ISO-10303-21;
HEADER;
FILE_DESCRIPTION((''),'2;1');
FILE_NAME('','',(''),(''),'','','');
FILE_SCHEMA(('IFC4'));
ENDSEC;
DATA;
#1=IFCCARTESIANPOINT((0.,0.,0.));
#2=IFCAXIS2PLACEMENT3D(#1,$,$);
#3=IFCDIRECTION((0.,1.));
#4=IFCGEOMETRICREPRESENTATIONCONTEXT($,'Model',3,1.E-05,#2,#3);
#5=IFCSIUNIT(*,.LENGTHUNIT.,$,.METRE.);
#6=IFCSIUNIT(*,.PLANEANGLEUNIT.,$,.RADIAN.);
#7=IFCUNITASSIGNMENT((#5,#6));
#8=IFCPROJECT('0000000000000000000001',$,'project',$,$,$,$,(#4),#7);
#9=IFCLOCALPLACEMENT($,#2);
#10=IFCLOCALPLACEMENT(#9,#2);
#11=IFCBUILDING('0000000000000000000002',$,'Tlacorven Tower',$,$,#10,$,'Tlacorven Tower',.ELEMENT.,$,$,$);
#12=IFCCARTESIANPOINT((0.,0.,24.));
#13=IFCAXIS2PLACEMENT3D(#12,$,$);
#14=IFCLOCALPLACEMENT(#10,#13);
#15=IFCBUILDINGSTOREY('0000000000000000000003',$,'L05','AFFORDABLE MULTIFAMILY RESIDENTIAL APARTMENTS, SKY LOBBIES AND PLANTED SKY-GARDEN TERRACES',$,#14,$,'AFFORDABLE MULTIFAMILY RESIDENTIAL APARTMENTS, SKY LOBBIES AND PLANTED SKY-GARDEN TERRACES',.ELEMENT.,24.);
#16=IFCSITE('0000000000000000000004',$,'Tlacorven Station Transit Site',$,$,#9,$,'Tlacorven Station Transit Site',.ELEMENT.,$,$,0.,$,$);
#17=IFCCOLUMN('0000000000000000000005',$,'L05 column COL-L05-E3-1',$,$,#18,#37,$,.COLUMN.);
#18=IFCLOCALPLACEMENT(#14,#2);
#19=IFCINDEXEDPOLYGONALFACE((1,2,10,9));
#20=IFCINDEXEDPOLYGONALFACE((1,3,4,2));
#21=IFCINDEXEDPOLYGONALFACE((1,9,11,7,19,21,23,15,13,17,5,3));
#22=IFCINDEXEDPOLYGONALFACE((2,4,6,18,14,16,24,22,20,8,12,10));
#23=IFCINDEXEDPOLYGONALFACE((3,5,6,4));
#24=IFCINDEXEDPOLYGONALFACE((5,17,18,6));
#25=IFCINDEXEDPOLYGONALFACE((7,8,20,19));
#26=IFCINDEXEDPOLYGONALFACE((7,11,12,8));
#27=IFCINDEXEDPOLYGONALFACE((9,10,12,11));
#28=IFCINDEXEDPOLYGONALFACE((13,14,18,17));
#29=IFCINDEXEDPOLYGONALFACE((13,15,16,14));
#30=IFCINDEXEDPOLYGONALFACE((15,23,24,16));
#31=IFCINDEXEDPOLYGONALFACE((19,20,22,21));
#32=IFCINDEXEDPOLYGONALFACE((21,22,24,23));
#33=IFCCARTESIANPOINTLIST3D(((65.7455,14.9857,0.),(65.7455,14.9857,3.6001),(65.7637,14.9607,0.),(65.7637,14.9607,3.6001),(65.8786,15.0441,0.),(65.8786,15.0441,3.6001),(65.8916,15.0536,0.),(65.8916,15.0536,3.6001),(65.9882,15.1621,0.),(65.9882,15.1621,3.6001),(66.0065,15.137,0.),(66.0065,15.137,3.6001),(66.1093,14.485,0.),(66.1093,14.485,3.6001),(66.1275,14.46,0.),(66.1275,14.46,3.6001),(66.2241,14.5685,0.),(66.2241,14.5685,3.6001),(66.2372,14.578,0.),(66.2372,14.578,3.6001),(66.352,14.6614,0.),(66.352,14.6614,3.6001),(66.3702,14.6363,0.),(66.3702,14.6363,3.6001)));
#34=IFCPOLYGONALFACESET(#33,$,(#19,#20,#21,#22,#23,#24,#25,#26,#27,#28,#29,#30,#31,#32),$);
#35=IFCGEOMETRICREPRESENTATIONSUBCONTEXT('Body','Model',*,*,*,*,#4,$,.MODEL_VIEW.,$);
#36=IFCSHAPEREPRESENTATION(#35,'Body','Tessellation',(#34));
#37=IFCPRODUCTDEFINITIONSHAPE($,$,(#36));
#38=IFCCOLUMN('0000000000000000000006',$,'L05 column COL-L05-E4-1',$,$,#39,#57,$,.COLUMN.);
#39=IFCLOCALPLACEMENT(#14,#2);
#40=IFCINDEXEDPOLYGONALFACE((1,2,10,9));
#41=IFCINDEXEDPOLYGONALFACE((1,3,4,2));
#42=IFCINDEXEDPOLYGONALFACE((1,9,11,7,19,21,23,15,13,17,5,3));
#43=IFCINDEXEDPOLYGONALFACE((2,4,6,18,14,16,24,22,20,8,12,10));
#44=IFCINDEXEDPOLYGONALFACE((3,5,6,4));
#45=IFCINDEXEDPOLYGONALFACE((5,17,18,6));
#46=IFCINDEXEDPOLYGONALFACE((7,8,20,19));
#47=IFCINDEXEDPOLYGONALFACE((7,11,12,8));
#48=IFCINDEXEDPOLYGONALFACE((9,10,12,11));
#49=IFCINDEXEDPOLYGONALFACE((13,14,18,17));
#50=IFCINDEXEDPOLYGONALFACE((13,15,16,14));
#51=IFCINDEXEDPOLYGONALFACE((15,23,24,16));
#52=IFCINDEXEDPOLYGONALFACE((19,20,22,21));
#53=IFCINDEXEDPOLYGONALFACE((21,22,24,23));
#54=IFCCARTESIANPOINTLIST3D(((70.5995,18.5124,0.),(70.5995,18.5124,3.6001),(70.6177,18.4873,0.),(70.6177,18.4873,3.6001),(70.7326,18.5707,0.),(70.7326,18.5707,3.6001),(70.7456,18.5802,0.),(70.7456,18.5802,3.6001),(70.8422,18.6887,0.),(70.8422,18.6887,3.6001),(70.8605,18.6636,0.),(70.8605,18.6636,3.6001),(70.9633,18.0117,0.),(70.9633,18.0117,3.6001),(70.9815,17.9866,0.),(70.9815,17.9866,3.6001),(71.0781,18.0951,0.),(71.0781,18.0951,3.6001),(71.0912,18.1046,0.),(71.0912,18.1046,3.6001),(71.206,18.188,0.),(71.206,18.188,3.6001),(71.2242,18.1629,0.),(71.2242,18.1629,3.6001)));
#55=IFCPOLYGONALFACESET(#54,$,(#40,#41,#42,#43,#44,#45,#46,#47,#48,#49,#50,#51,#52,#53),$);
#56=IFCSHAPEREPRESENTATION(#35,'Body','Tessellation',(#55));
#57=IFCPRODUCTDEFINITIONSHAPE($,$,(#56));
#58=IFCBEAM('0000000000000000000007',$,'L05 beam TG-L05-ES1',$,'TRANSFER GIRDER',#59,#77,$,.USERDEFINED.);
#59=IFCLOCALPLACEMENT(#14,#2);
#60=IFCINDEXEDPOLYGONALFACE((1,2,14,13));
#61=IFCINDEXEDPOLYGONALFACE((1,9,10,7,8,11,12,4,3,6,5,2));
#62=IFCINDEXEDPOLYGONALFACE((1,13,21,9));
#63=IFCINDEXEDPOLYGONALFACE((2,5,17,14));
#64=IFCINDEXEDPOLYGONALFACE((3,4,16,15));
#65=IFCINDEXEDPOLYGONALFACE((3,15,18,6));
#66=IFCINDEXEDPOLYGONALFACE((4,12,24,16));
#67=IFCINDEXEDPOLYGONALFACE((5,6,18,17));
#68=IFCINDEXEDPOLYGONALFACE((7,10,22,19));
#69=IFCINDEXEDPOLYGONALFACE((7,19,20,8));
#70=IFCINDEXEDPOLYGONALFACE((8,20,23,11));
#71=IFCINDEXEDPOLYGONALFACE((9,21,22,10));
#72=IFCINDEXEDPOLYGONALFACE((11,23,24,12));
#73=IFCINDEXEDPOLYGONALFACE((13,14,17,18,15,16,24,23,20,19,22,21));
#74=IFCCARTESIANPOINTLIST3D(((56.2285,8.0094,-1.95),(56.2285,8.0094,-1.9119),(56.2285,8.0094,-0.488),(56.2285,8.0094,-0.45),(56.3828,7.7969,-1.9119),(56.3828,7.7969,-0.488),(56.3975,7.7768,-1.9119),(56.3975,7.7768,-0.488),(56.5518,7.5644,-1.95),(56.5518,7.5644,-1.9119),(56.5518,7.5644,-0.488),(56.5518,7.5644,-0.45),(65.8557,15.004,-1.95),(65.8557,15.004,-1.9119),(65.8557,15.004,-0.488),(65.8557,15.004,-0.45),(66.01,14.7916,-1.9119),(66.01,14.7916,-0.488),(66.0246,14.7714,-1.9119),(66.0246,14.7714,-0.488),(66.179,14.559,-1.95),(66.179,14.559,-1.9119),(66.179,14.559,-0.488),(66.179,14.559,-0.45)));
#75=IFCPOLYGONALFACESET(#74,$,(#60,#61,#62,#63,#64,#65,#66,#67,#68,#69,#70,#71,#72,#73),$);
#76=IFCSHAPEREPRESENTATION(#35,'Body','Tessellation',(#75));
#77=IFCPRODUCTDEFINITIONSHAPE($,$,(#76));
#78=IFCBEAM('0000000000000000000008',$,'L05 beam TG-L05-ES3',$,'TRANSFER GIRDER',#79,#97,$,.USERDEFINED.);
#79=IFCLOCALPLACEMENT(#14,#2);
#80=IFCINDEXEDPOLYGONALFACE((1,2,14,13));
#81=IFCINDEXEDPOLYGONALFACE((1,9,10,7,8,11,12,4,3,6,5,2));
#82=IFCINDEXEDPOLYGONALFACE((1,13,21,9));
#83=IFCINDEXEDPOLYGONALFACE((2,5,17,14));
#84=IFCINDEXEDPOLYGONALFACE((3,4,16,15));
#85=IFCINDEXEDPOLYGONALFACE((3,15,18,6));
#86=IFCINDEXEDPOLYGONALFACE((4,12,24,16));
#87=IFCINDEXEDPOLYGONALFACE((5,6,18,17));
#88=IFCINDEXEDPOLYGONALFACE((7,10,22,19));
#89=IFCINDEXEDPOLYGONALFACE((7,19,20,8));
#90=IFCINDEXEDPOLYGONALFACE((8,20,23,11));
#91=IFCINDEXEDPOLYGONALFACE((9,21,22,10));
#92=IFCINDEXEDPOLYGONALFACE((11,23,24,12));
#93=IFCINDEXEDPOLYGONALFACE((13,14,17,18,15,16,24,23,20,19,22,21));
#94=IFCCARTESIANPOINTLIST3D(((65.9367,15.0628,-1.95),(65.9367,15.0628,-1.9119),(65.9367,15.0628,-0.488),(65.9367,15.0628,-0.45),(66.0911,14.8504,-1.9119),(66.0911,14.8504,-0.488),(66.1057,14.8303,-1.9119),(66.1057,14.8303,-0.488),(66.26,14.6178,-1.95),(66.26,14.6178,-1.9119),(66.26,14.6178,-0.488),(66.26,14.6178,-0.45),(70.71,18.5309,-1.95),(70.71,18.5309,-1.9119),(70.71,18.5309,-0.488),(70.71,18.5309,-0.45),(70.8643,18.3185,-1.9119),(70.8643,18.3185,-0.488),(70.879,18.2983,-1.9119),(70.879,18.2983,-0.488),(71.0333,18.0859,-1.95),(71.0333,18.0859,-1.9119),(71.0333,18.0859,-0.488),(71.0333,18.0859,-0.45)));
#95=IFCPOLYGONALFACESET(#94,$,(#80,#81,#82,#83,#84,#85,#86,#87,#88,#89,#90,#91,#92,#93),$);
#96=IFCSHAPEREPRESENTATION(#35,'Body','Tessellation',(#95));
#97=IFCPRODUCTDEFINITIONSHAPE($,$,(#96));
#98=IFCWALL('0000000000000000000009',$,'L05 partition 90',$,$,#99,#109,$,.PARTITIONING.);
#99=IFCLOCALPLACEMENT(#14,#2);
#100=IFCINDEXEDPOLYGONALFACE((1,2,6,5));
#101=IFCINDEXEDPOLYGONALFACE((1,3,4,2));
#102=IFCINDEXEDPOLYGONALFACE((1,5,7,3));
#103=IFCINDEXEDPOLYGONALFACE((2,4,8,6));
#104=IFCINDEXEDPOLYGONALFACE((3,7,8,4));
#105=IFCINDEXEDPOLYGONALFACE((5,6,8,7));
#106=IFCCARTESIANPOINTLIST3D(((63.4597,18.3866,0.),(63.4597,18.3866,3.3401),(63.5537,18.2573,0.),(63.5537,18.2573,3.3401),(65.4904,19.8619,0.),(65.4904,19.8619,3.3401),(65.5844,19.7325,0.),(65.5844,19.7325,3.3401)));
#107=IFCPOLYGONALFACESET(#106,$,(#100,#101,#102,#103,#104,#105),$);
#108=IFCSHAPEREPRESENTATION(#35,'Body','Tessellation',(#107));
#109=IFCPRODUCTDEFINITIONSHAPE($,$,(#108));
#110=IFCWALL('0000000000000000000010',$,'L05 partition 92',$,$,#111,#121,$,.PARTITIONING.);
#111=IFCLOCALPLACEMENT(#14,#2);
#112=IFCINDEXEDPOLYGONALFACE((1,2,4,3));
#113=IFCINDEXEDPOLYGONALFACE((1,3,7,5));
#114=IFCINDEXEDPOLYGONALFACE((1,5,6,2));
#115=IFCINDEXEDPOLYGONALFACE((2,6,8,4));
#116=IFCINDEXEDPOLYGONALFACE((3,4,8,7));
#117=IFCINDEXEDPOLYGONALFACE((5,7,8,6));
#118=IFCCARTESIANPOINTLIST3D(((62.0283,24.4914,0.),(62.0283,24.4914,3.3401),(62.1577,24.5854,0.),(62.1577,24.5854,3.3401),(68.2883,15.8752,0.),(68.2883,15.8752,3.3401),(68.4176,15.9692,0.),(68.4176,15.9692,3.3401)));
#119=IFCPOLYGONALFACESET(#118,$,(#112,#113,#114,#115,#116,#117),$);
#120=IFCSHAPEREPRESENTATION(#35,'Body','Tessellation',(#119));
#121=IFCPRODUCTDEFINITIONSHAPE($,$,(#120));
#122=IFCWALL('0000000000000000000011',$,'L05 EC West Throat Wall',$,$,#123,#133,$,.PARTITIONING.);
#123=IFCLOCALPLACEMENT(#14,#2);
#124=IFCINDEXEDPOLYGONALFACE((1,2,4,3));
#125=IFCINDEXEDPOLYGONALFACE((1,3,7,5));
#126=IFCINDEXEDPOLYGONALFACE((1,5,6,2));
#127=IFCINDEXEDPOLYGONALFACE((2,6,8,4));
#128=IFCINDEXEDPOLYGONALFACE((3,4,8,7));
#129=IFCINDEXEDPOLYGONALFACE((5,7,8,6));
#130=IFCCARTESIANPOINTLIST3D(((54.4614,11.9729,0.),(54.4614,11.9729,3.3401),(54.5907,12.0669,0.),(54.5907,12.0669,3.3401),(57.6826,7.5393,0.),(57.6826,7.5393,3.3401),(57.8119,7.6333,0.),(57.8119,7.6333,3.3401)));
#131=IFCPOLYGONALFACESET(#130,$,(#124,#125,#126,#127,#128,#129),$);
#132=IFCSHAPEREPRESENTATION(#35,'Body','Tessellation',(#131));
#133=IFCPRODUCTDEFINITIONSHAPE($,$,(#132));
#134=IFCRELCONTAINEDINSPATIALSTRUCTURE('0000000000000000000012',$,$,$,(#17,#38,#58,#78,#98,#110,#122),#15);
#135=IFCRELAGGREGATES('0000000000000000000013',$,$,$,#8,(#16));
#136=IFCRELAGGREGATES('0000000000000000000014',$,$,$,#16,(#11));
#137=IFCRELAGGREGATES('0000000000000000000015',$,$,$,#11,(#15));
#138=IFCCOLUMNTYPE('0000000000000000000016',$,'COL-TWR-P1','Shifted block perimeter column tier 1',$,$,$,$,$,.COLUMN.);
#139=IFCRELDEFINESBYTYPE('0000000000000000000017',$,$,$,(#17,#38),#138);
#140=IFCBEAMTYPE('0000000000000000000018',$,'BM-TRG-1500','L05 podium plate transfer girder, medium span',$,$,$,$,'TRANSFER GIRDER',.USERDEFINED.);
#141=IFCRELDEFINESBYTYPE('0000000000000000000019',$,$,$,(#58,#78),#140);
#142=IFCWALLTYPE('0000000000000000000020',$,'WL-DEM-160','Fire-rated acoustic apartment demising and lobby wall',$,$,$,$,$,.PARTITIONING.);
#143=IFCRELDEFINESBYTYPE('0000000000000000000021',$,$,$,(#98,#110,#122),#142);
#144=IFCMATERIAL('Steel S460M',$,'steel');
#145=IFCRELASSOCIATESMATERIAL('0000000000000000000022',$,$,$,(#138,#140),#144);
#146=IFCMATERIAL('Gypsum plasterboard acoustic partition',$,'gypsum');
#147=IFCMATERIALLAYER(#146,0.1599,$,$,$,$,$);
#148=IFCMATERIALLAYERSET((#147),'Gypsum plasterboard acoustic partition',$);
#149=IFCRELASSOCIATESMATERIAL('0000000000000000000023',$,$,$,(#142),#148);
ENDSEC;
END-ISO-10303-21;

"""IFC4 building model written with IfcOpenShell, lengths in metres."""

from ifc_helpers import new_model, si_unit, direction, frame, frame_2d, origin, origin_2d, place, context, subcontext, project, spatial, rectangle, i_section, extrude, source, transform, mapped, material, layer, layer_set, material_profile, profile_set, type_object, element, save


model = new_model("IFC4")

# Units and contexts
model_context = context("Model", 3, precision=1e-05, world=origin(), true_north=direction((0.0, 1.0)))
body_context = subcontext(model_context, "Body", "Model", "MODEL_VIEW")
ifc_project = project(units=[si_unit("LENGTHUNIT", "METRE"), si_unit("PLANEANGLEUNIT", "RADIAN")], contexts=[model_context])

# Site, building, storey
site_placement = place(None, origin())
site = spatial("IfcSite", under=ifc_project, at=site_placement, Name="Tlacorven Station Transit Site", LongName="Tlacorven Station Transit Site", CompositionType="ELEMENT", RefElevation=0.0)
building_placement = place(site_placement, origin())
building = spatial("IfcBuilding", under=site, at=building_placement, Name="Tlacorven Tower", LongName="Tlacorven Tower", CompositionType="ELEMENT")
storey_placement = place(building_placement, frame((0.0, 0.0, 24.0)))
storey = spatial("IfcBuildingStorey", under=building, at=storey_placement, Name="L05", Description="AFFORDABLE MULTIFAMILY RESIDENTIAL APARTMENTS, SKY LOBBIES AND PLANTED SKY-GARDEN TERRACES", LongName="AFFORDABLE MULTIFAMILY RESIDENTIAL APARTMENTS, SKY LOBBIES AND PLANTED SKY-GARDEN TERRACES", CompositionType="ELEMENT", Elevation=24.0)

# Columns
ifc_material_1 = material(Name="Steel S460M", Category="steel")
ifc_material_profile_1 = material_profile(ifc_material_1, i_section(OverallWidth=0.3, OverallDepth=0.6499, WebThickness=0.0161, FlangeThickness=0.031, at=origin_2d()), Name="HEB 650")
ifc_profile_set_1 = profile_set([ifc_material_profile_1], Name="Steel S460M")
column_type = type_object("IfcColumnType", Name="COL-TWR-P1", Description="Shifted block perimeter column tier 1", PredefinedType="COLUMN", material=ifc_profile_set_1)
shared_shape_1 = source(origin(), body_context, "Body", "SweptSolid", [
    extrude(i_section(OverallWidth=0.3, OverallDepth=0.6499, WebThickness=0.0161, FlangeThickness=0.031, at=origin_2d()), origin(), (0.0, 0.0, 1.0), 3.6001),
])
for number, where, z_axis, x_axis, name in (
    (1, (66.0579, 14.811, 0.0), (0.0, 0.0, 1.0), (0.809017, 0.587785, 0.0), "L05 column COL-L05-E3-1"),
    (2, (70.9119, 18.3376, 0.0), (0.0, 0.0, 1.0), (0.809017, 0.587785, 0.0), "L05 column COL-L05-E4-1"),
):
    element("IfcColumn", number, at=place(storey_placement, frame(where, z_axis=z_axis, x_axis=x_axis)), inside=storey, type_object=column_type, Name=name, PredefinedType="COLUMN", context=body_context, shape_type="MappedRepresentation", body=[
        mapped(shared_shape_1, transform((0.0, 0.0, 0.0), scale=1.0)),
    ])

# Beams
ifc_material_profile_2 = material_profile(ifc_material_1, i_section(OverallWidth=0.55, OverallDepth=1.5, WebThickness=0.0249, FlangeThickness=0.0381, at=origin_2d()), Name="PG 1500X550X25X38")
ifc_profile_set_2 = profile_set([ifc_material_profile_2], Name="Steel S460M")
beam_type = type_object("IfcBeamType", Name="BM-TRG-1500", Description="L05 podium plate transfer girder, medium span", ElementType="TRANSFER GIRDER", PredefinedType="USERDEFINED", material=ifc_profile_set_2)
shared_shape_2 = source(origin(), body_context, "Body", "SweptSolid", [
    extrude(i_section(OverallWidth=0.55, OverallDepth=1.5, WebThickness=0.0249, FlangeThickness=0.0381, at=origin_2d()), origin(), (0.0, 0.0, 1.0), 11.8999),
])
beam_1_placement = place(storey_placement, frame((56.3901, 7.7869, -1.2), z_axis=(0.809015, 0.587789, 0.0), x_axis=(-0.587789, 0.809015, 0.0)))
element("IfcBeam", 3, at=beam_1_placement, inside=storey, type_object=beam_type, Name="L05 beam TG-L05-ES1", ObjectType="TRANSFER GIRDER", PredefinedType="USERDEFINED", context=body_context, shape_type="MappedRepresentation", body=[
    mapped(shared_shape_2, transform((0.0, 0.0, 0.0), scale=1.0)),
])
shared_shape_3 = source(origin(), body_context, "Body", "SweptSolid", [
    extrude(i_section(OverallWidth=0.55, OverallDepth=1.5, WebThickness=0.0249, FlangeThickness=0.0381, at=origin_2d()), origin(), (0.0, 0.0, 1.0), 5.9001),
])
beam_2_placement = place(storey_placement, frame((66.0984, 14.8403, -1.2), z_axis=(0.80901, 0.587795, 0.0), x_axis=(-0.587795, 0.80901, 0.0)))
element("IfcBeam", 4, at=beam_2_placement, inside=storey, type_object=beam_type, Name="L05 beam TG-L05-ES3", ObjectType="TRANSFER GIRDER", PredefinedType="USERDEFINED", context=body_context, shape_type="MappedRepresentation", body=[
    mapped(shared_shape_3, transform((0.0, 0.0, 0.0), scale=1.0)),
])

# Walls
ifc_material_2 = material(Name="Gypsum plasterboard acoustic partition", Category="gypsum")
ifc_layer_1 = layer(ifc_material_2, 0.1599)
ifc_layer_set_1 = layer_set([ifc_layer_1], Name="Gypsum plasterboard acoustic partition")
wall_type_1 = type_object("IfcWallType", Name="WL-DEM-160", Description="Fire-rated acoustic apartment demising and lobby wall", PredefinedType="PARTITIONING", material=ifc_layer_set_1)
wall_1_placement = place(storey_placement, frame((63.5068, 18.322, 0.0), z_axis=(0.0, 0.0, 1.0), x_axis=(0.809035, 0.587761, 0.0)))
element("IfcWall", 5, at=wall_1_placement, inside=storey, type_object=wall_type_1, Name="L05 partition 90", PredefinedType="PARTITIONING", context=body_context, shape_type="SweptSolid", body=[
    extrude(rectangle(XDim=2.51, YDim=0.1599, at=frame_2d((1.2549, 0.0))), origin(), (0.0, 0.0, 1.0), 3.3401),
])
wall_2_placement = place(storey_placement, frame((68.353, 15.9221, 0.0), z_axis=(0.0, 0.0, 1.0), x_axis=(-0.587783, 0.809019, 0.0)))
element("IfcWall", 6, at=wall_2_placement, inside=storey, type_object=wall_type_1, Name="L05 partition 92", PredefinedType="PARTITIONING", context=body_context, shape_type="SweptSolid", body=[
    extrude(rectangle(XDim=10.6501, YDim=0.1599, at=frame_2d((5.3252, 0.0))), origin(), (0.0, 0.0, 1.0), 3.3401),
])
wall_3_placement = place(storey_placement, frame((57.7473, 7.5862, 0.0), z_axis=(0.0, 0.0, 1.0), x_axis=(-0.587785, 0.809017, 0.0)))
element("IfcWall", 7, at=wall_3_placement, inside=storey, type_object=wall_type_1, Name="L05 EC West Throat Wall", PredefinedType="PARTITIONING", context=body_context, shape_type="SweptSolid", body=[
    extrude(rectangle(XDim=5.4802, YDim=0.1599, at=frame_2d((2.7402, 0.0))), origin(), (0.0, 0.0, 1.0), 3.3401),
])

save(model, "model.ifc")
